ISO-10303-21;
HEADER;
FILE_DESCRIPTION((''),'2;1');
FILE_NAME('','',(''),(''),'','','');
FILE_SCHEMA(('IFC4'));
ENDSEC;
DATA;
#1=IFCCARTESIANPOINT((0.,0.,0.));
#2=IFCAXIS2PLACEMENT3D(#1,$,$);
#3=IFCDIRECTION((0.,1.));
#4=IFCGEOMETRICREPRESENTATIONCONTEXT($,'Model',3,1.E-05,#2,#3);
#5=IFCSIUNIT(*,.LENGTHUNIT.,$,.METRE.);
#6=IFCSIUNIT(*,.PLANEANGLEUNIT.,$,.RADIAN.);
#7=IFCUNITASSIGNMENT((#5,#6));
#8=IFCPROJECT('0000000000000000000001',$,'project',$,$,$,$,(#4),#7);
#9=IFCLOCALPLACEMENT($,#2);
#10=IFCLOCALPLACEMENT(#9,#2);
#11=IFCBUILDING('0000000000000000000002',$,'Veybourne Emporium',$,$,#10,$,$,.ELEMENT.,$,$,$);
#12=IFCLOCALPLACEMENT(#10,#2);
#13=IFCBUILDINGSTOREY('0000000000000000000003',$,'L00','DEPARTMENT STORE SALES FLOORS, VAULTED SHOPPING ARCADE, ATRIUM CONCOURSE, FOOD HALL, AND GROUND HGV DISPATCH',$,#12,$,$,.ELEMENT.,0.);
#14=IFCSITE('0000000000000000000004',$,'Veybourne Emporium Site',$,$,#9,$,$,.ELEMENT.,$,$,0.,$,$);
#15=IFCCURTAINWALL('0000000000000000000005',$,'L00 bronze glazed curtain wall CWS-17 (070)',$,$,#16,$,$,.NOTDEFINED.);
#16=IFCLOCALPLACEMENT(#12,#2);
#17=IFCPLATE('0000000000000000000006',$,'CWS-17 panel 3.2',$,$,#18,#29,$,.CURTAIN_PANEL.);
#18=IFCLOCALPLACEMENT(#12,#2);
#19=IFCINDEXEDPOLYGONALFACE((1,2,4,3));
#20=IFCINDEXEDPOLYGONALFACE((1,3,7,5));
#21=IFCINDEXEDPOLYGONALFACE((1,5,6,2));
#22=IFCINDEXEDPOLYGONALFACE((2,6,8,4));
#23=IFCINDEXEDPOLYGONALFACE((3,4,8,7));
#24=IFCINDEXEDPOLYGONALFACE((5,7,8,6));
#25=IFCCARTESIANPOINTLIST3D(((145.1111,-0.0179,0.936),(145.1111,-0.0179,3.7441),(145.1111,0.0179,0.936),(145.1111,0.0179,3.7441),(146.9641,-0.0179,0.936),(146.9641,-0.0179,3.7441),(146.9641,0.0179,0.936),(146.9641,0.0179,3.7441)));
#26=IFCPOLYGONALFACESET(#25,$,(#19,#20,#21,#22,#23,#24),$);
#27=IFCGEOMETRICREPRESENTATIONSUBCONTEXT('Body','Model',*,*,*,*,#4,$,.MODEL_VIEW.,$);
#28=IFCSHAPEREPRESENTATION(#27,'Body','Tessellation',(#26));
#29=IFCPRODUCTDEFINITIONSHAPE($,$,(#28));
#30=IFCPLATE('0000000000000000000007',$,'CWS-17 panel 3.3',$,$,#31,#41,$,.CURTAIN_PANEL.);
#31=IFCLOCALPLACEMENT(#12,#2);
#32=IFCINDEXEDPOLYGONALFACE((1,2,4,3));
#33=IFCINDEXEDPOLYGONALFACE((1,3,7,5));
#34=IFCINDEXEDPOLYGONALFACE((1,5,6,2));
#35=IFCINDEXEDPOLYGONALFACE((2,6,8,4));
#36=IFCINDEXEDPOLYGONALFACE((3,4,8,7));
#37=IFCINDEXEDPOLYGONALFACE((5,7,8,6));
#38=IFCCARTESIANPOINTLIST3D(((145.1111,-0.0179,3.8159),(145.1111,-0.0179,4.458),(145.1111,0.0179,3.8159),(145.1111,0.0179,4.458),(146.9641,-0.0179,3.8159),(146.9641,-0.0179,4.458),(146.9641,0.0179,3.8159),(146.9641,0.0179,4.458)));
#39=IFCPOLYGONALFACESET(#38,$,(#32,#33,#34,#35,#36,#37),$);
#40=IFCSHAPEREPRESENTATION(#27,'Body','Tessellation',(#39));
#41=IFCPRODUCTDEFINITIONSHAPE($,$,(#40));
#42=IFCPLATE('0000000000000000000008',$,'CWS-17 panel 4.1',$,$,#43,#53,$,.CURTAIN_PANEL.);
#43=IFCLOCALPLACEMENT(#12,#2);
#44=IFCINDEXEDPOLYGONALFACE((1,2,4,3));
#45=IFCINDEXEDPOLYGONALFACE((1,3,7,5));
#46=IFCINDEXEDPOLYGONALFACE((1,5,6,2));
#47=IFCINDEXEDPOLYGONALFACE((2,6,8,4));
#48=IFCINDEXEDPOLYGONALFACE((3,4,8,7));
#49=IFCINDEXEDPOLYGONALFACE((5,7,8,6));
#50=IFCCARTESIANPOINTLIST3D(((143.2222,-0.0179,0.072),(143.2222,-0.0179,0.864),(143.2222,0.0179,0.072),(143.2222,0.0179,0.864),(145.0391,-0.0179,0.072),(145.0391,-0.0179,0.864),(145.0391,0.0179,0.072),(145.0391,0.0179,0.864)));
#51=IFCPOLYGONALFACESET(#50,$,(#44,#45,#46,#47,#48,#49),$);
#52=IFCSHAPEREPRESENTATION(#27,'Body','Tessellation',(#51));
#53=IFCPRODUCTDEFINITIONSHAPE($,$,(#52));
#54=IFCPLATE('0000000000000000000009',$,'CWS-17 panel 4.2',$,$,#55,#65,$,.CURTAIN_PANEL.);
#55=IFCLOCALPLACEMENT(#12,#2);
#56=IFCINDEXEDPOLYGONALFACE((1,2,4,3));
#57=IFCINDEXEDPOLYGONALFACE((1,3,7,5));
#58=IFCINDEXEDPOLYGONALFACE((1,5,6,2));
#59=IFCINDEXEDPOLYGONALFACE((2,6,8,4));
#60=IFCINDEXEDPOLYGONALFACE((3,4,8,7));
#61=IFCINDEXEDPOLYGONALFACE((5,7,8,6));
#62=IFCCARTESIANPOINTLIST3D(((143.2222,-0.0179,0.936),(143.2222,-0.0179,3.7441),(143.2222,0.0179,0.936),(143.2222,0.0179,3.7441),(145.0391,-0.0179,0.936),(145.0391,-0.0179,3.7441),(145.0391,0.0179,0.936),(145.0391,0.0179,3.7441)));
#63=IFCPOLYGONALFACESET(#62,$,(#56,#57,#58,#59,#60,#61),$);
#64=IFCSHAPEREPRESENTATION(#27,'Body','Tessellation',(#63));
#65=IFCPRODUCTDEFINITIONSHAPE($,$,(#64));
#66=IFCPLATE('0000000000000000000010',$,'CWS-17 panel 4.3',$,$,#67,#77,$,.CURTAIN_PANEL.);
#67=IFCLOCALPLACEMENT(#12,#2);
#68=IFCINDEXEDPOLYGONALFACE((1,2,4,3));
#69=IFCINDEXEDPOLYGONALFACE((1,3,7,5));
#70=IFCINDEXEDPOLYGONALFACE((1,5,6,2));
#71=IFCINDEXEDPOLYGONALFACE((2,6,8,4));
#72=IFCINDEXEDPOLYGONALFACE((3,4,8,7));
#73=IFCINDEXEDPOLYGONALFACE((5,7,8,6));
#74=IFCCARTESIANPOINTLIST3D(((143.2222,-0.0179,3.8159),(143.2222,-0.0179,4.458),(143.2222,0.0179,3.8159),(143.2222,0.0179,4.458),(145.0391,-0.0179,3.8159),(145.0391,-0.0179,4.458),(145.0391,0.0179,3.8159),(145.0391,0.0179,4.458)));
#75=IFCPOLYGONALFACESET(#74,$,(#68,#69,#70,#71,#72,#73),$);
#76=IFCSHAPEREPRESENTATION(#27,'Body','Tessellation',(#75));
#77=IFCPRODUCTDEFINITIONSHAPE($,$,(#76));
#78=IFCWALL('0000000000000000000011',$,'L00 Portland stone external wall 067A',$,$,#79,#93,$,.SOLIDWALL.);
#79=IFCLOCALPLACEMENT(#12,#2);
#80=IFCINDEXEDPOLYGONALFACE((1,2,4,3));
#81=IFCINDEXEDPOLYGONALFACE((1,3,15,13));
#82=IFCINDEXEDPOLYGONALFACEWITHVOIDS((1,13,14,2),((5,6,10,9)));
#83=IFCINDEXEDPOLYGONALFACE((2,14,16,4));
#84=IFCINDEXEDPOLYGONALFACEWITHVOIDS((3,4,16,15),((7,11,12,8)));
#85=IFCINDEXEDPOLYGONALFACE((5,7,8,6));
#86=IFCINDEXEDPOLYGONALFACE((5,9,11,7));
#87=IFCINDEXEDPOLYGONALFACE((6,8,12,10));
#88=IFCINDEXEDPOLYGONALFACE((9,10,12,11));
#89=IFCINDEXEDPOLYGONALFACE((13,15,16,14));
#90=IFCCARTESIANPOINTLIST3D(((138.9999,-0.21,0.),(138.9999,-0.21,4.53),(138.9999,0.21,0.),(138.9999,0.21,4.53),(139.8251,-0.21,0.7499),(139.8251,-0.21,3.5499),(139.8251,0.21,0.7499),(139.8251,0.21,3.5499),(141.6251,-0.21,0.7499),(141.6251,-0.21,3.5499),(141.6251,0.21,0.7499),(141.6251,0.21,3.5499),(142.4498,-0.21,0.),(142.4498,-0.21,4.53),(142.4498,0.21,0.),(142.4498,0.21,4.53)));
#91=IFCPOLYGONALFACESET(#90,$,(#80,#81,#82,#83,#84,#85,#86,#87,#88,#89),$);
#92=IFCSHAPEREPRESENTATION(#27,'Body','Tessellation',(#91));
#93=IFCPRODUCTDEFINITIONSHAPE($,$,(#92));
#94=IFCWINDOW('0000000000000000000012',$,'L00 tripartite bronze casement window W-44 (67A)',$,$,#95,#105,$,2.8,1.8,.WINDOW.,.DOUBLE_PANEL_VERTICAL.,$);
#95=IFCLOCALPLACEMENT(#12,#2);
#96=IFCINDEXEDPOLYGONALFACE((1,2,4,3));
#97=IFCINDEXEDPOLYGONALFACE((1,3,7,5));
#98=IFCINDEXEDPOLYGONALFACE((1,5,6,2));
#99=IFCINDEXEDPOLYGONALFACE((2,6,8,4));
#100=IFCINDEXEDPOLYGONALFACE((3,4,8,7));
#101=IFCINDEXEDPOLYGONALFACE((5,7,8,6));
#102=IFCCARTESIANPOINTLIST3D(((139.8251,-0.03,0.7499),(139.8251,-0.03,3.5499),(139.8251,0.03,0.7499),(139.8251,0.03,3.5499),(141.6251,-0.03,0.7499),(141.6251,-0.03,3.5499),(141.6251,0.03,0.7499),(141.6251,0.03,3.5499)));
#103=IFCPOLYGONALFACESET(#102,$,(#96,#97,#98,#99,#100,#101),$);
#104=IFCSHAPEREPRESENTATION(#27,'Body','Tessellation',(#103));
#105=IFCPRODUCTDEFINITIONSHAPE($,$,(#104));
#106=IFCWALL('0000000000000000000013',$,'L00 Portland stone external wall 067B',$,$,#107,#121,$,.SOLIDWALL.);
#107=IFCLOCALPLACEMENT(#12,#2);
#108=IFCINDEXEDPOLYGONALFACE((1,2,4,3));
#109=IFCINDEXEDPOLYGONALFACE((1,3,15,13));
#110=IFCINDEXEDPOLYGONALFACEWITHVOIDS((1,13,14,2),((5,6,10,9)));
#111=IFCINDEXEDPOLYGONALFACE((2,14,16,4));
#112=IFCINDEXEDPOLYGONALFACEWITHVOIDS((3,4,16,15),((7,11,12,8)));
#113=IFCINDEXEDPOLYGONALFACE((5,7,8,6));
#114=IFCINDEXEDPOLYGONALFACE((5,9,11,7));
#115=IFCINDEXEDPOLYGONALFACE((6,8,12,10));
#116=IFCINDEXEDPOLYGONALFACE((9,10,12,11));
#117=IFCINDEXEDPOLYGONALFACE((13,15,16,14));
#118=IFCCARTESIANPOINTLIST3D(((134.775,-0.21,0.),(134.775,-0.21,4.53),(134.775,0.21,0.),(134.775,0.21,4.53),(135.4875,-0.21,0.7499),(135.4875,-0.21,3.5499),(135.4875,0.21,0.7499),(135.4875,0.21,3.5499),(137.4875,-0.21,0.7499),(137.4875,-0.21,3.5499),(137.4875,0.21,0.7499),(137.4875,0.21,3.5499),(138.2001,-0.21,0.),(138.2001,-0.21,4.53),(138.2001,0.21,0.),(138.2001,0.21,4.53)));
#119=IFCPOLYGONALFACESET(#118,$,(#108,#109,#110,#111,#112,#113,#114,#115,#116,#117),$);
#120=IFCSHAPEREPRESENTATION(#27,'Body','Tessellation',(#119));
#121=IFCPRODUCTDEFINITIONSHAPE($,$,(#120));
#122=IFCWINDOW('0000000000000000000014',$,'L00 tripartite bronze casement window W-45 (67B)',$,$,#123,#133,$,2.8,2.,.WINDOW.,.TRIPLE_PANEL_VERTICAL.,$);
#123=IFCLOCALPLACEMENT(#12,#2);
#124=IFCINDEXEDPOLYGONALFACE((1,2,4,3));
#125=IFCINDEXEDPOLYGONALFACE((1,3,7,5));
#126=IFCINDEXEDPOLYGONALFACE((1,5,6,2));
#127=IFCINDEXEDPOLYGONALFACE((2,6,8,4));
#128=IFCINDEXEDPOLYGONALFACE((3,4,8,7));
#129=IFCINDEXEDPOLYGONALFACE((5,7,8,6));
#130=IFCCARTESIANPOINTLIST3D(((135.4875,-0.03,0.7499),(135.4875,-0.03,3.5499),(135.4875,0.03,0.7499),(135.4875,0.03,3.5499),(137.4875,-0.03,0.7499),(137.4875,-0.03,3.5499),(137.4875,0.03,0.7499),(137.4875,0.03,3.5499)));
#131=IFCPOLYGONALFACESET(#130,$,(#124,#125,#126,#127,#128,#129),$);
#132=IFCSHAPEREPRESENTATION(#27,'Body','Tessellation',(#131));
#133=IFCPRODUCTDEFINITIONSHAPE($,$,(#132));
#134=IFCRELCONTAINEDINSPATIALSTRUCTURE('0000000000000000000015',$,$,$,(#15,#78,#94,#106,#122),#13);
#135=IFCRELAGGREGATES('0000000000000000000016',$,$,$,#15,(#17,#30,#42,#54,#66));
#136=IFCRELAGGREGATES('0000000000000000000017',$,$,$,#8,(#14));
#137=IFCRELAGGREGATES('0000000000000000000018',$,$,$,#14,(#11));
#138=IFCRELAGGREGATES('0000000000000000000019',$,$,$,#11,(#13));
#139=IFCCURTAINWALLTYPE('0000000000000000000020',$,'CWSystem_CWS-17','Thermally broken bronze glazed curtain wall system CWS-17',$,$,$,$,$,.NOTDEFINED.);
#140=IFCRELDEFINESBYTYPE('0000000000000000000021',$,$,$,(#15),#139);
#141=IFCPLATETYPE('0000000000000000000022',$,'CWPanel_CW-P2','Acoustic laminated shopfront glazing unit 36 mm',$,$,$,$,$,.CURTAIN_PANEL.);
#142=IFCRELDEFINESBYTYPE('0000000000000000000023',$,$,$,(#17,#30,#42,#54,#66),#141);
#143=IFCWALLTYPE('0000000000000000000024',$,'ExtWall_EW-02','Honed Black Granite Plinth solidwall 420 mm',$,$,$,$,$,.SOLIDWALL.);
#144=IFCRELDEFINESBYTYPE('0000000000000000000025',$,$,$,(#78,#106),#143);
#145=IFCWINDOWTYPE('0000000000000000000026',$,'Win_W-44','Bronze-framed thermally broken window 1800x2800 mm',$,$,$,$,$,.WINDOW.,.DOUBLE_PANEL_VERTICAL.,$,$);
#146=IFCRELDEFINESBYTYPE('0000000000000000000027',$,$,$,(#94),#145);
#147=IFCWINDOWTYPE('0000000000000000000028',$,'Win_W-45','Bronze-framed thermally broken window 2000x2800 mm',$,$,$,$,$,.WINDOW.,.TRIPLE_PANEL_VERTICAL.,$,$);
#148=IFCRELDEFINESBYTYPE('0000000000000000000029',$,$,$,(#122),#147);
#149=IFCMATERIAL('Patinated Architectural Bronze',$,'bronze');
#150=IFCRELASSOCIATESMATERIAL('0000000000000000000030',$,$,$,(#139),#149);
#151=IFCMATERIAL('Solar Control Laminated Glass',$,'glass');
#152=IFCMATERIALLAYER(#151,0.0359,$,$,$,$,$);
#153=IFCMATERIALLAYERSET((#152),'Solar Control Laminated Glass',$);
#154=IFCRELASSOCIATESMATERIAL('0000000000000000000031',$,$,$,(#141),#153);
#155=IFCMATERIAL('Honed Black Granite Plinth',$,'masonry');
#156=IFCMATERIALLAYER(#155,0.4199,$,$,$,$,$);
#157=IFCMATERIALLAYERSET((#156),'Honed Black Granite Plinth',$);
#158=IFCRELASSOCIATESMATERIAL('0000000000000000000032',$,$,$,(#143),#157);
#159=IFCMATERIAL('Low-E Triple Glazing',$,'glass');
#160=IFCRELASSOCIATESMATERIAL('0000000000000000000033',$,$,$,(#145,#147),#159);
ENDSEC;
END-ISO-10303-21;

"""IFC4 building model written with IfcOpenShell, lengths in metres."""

from ifc_helpers import new_model, si_unit, direction, frame, frame_2d, origin, origin_2d, place, context, subcontext, project, spatial, rectangle, extrude, material, layer, layer_set, type_object, element, fill, aggregate, save


model = new_model("IFC4")

# Units and contexts
model_context = context("Model", 3, precision=1e-05, world=origin(), true_north=direction((0.0, 1.0)))
body_context = subcontext(model_context, "Body", "Model", "MODEL_VIEW")
ifc_project = project(units=[si_unit("LENGTHUNIT", "METRE"), si_unit("PLANEANGLEUNIT", "RADIAN")], contexts=[model_context])

# Site, building, storey
site_placement = place(None, origin())
site = spatial("IfcSite", under=ifc_project, at=site_placement, Name="Veybourne Emporium Site", CompositionType="ELEMENT", RefElevation=0.0)
building_placement = place(site_placement, origin())
building = spatial("IfcBuilding", under=site, at=building_placement, Name="Veybourne Emporium", CompositionType="ELEMENT")
storey_placement = place(building_placement, origin())
storey = spatial("IfcBuildingStorey", under=building, at=storey_placement, Name="L00", Description="DEPARTMENT STORE SALES FLOORS, VAULTED SHOPPING ARCADE, ATRIUM CONCOURSE, FOOD HALL, AND GROUND HGV DISPATCH", CompositionType="ELEMENT", Elevation=0.0)

# Curtain wall
ifc_material_1 = material(Name="Patinated Architectural Bronze", Category="bronze")
curtain_wall_type = type_object("IfcCurtainWallType", Name="CWSystem_CWS-17", Description="Thermally broken bronze glazed curtain wall system CWS-17", PredefinedType="NOTDEFINED", material=ifc_material_1)
curtain_wall_placement = place(storey_placement, origin())
curtain_wall = element("IfcCurtainWall", 1, at=curtain_wall_placement, inside=storey, type_object=curtain_wall_type, Name="L00 bronze glazed curtain wall CWS-17 (070)", PredefinedType="NOTDEFINED")

# Plates
ifc_material_2 = material(Name="Solar Control Laminated Glass", Category="glass")
ifc_layer_1 = layer(ifc_material_2, 0.0359)
ifc_layer_set_1 = layer_set([ifc_layer_1], Name="Solar Control Laminated Glass")
plate_type = type_object("IfcPlateType", Name="CWPanel_CW-P2", Description="Acoustic laminated shopfront glazing unit 36 mm", PredefinedType="CURTAIN_PANEL", material=ifc_layer_set_1)
plate_1_placement = place(storey_placement, frame((146.0376, 0.0, 0.936), z_axis=(0.0, 0.0, 1.0), x_axis=(-1.0, 0.0, 0.0)))
plate_1 = element("IfcPlate", 2, at=plate_1_placement, type_object=plate_type, Name="CWS-17 panel 3.2", PredefinedType="CURTAIN_PANEL", context=body_context, shape_type="SweptSolid", body=[
    extrude(rectangle(XDim=1.853, YDim=0.0359, at=origin_2d()), origin(), (0.0, 0.0, 1.0), 2.8081),
])
plate_2_placement = place(storey_placement, frame((146.0376, 0.0, 3.8159), z_axis=(0.0, 0.0, 1.0), x_axis=(-1.0, 0.0, 0.0)))
plate_2 = element("IfcPlate", 3, at=plate_2_placement, type_object=plate_type, Name="CWS-17 panel 3.3", PredefinedType="CURTAIN_PANEL", context=body_context, shape_type="SweptSolid", body=[
    extrude(rectangle(XDim=1.853, YDim=0.0359, at=origin_2d()), origin(), (0.0, 0.0, 1.0), 0.6421),
])
plate_3_placement = place(storey_placement, frame((144.1306, 0.0, 0.072), z_axis=(0.0, 0.0, 1.0), x_axis=(-1.0, 0.0, 0.0)))
plate_3 = element("IfcPlate", 4, at=plate_3_placement, type_object=plate_type, Name="CWS-17 panel 4.1", PredefinedType="CURTAIN_PANEL", context=body_context, shape_type="SweptSolid", body=[
    extrude(rectangle(XDim=1.8169, YDim=0.0359, at=origin_2d()), origin(), (0.0, 0.0, 1.0), 0.792),
])
plate_4_placement = place(storey_placement, frame((144.1306, 0.0, 0.936), z_axis=(0.0, 0.0, 1.0), x_axis=(-1.0, 0.0, 0.0)))
plate_4 = element("IfcPlate", 5, at=plate_4_placement, type_object=plate_type, Name="CWS-17 panel 4.2", PredefinedType="CURTAIN_PANEL", context=body_context, shape_type="SweptSolid", body=[
    extrude(rectangle(XDim=1.8169, YDim=0.0359, at=origin_2d()), origin(), (0.0, 0.0, 1.0), 2.8081),
])
plate_5_placement = place(storey_placement, frame((144.1306, 0.0, 3.8159), z_axis=(0.0, 0.0, 1.0), x_axis=(-1.0, 0.0, 0.0)))
plate_5 = element("IfcPlate", 6, at=plate_5_placement, type_object=plate_type, Name="CWS-17 panel 4.3", PredefinedType="CURTAIN_PANEL", context=body_context, shape_type="SweptSolid", body=[
    extrude(rectangle(XDim=1.8169, YDim=0.0359, at=origin_2d()), origin(), (0.0, 0.0, 1.0), 0.6421),
])
aggregate(curtain_wall, [plate_1, plate_2, plate_3, plate_4, plate_5])

# Walls, openings, windows
ifc_material_3 = material(Name="Honed Black Granite Plinth", Category="masonry")
ifc_layer_2 = layer(ifc_material_3, 0.4199)
ifc_layer_set_2 = layer_set([ifc_layer_2], Name="Honed Black Granite Plinth")
wall_type = type_object("IfcWallType", Name="ExtWall_EW-02", Description="Honed Black Granite Plinth solidwall 420 mm", PredefinedType="SOLIDWALL", material=ifc_layer_set_2)
wall_1_placement = place(storey_placement, frame((142.45, 0.0, 0.0), z_axis=(0.0, 0.0, 1.0), x_axis=(-1.0, 0.0, 0.0)))
wall_1 = element("IfcWall", 7, at=wall_1_placement, inside=storey, type_object=wall_type, Name="L00 Portland stone external wall 067A", PredefinedType="SOLIDWALL", context=body_context, shape_type="SweptSolid", body=[
    extrude(rectangle(XDim=3.45, YDim=0.4199, at=frame_2d((1.7251, 0.0))), origin(), (0.0, 0.0, 1.0), 4.53),
])
opening_1_placement = place(wall_1_placement, frame((0.825, 0.0, 0.75)))
opening_1 = element("IfcOpeningElement", 8, at=opening_1_placement, cuts=wall_1, PredefinedType="OPENING", context=body_context, shape_type="SweptSolid", body=[
    extrude(rectangle(XDim=1.8, YDim=2.8, at=frame_2d((0.8999, 1.3999))), frame((0.0, 0.23, 0.0), z_axis=(0.0, -1.0, 0.0), x_axis=(1.0, 0.0, 0.0)), (0.0, 0.0, 1.0), 0.46),
])
ifc_material_4 = material(Name="Low-E Triple Glazing", Category="glass")
window_type_1 = type_object("IfcWindowType", Name="Win_W-44", Description="Bronze-framed thermally broken window 1800x2800 mm", PartitioningType="DOUBLE_PANEL_VERTICAL", PredefinedType="WINDOW", material=ifc_material_4)
window_1_placement = place(opening_1_placement, origin())
window_1 = element("IfcWindow", 9, at=window_1_placement, inside=storey, type_object=window_type_1, Name="L00 tripartite bronze casement window W-44 (67A)", OverallHeight=2.8, OverallWidth=1.8, PartitioningType="DOUBLE_PANEL_VERTICAL", PredefinedType="WINDOW", context=body_context, shape_type="SweptSolid", body=[
    extrude(rectangle(XDim=1.8, YDim=2.8, at=frame_2d((0.8999, 1.3999))), frame((0.0, 0.03, 0.0), z_axis=(0.0, -1.0, 0.0), x_axis=(1.0, 0.0, 0.0)), (0.0, 0.0, 1.0), 0.0601),
])
fill(opening_1, window_1)
wall_2_placement = place(storey_placement, frame((138.2, 0.0, 0.0), z_axis=(0.0, 0.0, 1.0), x_axis=(-1.0, 0.0, 0.0)))
wall_2 = element("IfcWall", 10, at=wall_2_placement, inside=storey, type_object=wall_type, Name="L00 Portland stone external wall 067B", PredefinedType="SOLIDWALL", context=body_context, shape_type="SweptSolid", body=[
    extrude(rectangle(XDim=3.425, YDim=0.4199, at=frame_2d((1.7124, 0.0))), origin(), (0.0, 0.0, 1.0), 4.53),
])
opening_2_placement = place(wall_2_placement, frame((0.7124, 0.0, 0.75)))
opening_2 = element("IfcOpeningElement", 11, at=opening_2_placement, cuts=wall_2, PredefinedType="OPENING", context=body_context, shape_type="SweptSolid", body=[
    extrude(rectangle(XDim=2.0, YDim=2.8, at=frame_2d((1.0, 1.3999))), frame((0.0, 0.23, 0.0), z_axis=(0.0, -1.0, 0.0), x_axis=(1.0, 0.0, 0.0)), (0.0, 0.0, 1.0), 0.46),
])
window_type_2 = type_object("IfcWindowType", Name="Win_W-45", Description="Bronze-framed thermally broken window 2000x2800 mm", PartitioningType="TRIPLE_PANEL_VERTICAL", PredefinedType="WINDOW", material=ifc_material_4)
window_2_placement = place(opening_2_placement, origin())
window_2 = element("IfcWindow", 12, at=window_2_placement, inside=storey, type_object=window_type_2, Name="L00 tripartite bronze casement window W-45 (67B)", OverallHeight=2.8, OverallWidth=2.0, PartitioningType="TRIPLE_PANEL_VERTICAL", PredefinedType="WINDOW", context=body_context, shape_type="SweptSolid", body=[
    extrude(rectangle(XDim=2.0, YDim=2.8, at=frame_2d((1.0, 1.3999))), frame((0.0, 0.03, 0.0), z_axis=(0.0, -1.0, 0.0), x_axis=(1.0, 0.0, 0.0)), (0.0, 0.0, 1.0), 0.0601),
])
fill(opening_2, window_2)

save(model, "model.ifc")
